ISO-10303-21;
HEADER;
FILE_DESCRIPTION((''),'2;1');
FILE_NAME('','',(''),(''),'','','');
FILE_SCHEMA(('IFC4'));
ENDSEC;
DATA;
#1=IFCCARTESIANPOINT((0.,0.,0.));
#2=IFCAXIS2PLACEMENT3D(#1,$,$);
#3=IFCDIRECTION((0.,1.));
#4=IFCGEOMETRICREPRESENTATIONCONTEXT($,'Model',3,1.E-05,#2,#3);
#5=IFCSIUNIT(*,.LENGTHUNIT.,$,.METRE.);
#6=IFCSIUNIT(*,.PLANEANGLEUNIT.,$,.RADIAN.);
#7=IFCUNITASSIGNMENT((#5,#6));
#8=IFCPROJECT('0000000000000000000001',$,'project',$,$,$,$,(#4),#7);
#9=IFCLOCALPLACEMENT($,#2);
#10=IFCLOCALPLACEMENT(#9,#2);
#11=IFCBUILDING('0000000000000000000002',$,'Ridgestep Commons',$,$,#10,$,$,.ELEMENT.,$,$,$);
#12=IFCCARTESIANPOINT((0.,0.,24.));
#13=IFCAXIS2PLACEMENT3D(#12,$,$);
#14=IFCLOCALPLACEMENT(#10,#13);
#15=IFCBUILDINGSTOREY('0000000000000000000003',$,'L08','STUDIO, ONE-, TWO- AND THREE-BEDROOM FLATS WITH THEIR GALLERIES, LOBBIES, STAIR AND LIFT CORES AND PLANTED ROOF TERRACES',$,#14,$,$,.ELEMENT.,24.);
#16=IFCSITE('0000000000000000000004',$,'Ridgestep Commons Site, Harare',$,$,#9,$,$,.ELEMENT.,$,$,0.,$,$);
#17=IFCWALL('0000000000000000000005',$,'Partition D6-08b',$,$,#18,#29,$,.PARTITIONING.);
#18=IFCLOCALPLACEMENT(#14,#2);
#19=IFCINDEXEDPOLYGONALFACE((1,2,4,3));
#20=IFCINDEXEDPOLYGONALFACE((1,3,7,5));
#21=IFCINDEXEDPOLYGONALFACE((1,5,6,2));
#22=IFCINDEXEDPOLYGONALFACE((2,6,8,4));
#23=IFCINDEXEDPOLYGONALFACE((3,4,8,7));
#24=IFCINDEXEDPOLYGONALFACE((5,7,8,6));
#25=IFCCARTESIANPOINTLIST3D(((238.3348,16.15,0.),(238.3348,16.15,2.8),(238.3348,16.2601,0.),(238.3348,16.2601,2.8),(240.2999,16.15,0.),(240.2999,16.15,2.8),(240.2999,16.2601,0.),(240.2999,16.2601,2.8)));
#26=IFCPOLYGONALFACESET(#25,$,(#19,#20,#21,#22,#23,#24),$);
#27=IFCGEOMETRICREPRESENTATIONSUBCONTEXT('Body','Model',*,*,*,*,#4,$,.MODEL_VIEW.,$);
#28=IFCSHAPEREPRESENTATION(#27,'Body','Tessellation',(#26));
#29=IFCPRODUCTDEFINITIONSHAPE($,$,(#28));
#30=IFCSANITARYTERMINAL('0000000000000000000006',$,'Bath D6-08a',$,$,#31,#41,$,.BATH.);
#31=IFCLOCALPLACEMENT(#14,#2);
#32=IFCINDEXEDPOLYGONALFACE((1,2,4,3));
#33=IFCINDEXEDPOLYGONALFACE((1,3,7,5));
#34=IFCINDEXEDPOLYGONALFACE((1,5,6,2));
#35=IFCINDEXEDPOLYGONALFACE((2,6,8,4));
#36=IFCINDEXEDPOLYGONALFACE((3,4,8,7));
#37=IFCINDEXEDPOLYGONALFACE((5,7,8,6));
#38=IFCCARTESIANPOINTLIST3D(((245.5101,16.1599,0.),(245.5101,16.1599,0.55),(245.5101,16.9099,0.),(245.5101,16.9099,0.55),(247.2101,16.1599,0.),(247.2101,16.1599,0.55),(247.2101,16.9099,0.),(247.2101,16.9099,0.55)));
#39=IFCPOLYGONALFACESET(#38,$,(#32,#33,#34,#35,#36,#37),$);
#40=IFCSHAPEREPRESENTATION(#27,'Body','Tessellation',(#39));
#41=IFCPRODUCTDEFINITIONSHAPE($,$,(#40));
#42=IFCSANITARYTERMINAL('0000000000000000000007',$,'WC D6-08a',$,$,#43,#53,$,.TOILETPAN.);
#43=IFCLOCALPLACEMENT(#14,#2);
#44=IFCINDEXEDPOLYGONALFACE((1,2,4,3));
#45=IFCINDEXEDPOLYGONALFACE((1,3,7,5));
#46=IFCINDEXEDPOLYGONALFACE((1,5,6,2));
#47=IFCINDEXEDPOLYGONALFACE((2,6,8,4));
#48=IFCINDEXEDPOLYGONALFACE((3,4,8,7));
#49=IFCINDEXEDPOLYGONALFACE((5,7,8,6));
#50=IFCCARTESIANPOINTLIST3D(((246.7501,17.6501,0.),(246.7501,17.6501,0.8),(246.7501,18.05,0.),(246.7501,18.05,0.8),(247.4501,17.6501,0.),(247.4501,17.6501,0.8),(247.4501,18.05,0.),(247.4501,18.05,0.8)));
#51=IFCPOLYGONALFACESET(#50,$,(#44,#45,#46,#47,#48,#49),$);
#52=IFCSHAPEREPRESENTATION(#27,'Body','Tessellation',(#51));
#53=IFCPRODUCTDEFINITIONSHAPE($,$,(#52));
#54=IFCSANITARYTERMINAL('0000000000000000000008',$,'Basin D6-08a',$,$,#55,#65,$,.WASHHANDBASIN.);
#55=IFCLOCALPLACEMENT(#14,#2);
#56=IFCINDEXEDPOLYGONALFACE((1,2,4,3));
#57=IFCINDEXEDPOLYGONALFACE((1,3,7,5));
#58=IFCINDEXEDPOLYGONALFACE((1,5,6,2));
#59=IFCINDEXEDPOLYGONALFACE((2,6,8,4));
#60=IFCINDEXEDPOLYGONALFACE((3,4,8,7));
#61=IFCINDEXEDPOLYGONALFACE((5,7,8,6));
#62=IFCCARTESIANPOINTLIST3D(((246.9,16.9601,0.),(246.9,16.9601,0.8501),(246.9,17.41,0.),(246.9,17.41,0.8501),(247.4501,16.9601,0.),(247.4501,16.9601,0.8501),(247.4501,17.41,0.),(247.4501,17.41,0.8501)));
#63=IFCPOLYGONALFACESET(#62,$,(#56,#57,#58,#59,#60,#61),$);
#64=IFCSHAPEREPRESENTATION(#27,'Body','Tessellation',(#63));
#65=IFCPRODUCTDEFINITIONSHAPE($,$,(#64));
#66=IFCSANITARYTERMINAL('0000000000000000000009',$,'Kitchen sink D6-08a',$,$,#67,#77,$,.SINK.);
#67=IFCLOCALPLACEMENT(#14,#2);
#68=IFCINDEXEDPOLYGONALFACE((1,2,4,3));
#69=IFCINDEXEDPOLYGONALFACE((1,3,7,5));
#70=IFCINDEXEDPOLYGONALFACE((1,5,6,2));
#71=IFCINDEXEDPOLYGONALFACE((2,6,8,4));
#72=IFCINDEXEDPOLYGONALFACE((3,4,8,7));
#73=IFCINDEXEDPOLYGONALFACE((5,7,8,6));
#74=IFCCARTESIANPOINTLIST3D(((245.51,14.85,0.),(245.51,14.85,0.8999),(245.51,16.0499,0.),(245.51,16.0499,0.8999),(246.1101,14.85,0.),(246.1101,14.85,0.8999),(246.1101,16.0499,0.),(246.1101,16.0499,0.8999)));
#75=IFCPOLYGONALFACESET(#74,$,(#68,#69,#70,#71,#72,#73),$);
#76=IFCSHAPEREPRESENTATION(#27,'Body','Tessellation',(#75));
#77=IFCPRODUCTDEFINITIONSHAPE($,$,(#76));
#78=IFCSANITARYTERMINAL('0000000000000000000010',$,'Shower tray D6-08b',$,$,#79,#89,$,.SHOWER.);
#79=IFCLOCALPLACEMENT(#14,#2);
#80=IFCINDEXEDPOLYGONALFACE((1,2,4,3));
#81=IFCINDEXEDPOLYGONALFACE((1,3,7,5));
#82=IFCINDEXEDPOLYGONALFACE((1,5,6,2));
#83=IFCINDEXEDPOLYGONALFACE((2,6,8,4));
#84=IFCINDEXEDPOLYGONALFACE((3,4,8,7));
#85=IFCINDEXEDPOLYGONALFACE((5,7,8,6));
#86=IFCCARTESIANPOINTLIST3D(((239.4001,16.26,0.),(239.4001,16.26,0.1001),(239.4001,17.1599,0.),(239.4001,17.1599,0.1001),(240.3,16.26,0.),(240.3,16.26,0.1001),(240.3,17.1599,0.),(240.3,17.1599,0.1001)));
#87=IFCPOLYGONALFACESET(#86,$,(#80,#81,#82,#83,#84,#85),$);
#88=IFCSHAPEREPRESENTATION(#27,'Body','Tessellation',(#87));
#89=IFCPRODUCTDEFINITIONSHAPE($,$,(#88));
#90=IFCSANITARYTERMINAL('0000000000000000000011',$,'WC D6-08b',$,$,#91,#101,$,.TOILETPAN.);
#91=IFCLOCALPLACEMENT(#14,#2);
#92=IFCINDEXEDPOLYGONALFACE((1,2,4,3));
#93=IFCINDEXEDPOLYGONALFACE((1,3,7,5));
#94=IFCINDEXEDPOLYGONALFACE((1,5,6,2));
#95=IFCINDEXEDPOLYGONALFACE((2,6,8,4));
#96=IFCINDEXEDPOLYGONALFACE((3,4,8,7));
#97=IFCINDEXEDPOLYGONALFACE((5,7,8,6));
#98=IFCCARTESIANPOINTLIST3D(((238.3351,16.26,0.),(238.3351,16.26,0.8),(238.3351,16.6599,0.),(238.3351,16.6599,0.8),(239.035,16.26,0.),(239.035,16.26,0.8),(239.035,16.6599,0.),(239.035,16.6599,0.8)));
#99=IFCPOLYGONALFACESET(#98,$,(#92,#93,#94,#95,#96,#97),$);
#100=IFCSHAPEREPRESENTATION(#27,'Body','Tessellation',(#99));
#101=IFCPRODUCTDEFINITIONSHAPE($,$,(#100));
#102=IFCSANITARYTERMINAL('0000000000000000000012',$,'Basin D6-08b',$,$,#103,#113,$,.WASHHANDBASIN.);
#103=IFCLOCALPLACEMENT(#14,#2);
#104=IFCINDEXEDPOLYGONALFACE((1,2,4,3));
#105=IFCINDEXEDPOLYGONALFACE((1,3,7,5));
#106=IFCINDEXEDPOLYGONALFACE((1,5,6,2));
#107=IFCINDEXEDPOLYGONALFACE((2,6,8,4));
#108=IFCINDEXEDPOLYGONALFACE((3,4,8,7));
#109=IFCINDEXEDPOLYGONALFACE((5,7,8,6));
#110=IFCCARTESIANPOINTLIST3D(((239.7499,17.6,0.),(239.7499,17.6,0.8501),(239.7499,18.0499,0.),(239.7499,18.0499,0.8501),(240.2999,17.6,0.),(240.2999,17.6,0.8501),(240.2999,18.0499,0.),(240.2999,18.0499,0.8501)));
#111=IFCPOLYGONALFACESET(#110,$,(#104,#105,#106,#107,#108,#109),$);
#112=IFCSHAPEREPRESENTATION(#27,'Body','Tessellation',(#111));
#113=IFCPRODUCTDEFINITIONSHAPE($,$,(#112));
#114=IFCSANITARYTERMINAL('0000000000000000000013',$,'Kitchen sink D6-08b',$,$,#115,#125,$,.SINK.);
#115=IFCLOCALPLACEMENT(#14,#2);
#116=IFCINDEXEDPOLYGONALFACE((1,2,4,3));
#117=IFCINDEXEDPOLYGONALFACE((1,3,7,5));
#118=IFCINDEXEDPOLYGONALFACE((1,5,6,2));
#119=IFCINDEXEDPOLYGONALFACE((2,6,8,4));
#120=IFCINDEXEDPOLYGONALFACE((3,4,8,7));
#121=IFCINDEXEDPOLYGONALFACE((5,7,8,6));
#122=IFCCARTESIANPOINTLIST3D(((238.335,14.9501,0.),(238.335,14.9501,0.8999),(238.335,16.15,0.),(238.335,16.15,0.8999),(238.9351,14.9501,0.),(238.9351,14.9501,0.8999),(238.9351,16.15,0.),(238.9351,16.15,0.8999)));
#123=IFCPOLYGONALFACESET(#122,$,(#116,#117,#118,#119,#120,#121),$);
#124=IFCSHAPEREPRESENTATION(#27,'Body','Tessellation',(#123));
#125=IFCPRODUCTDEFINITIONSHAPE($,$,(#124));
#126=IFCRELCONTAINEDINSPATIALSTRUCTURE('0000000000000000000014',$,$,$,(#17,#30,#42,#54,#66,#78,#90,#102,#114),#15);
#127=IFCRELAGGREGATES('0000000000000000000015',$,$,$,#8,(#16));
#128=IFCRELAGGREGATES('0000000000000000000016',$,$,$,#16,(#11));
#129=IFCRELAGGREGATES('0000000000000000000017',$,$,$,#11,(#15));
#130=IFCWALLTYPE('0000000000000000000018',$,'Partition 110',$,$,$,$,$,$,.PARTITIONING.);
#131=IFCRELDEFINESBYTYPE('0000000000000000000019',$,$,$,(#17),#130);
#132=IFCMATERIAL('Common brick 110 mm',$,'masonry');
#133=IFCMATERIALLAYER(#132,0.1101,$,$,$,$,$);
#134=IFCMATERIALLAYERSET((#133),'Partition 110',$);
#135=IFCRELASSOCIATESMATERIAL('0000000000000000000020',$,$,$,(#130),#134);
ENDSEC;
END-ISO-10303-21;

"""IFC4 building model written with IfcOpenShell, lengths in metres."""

from ifc_helpers import new_model, si_unit, direction, frame, frame_2d, origin, origin_2d, place, context, subcontext, project, spatial, rectangle, extrude, material, layer, layer_set, type_object, element, save


model = new_model("IFC4")

# Units and contexts
model_context = context("Model", 3, precision=1e-05, world=origin(), true_north=direction((0.0, 1.0)))
body_context = subcontext(model_context, "Body", "Model", "MODEL_VIEW")
ifc_project = project(units=[si_unit("LENGTHUNIT", "METRE"), si_unit("PLANEANGLEUNIT", "RADIAN")], contexts=[model_context])

# Site, building, storey
site_placement = place(None, origin())
site = spatial("IfcSite", under=ifc_project, at=site_placement, Name="Ridgestep Commons Site, Harare", CompositionType="ELEMENT", RefElevation=0.0)
building_placement = place(site_placement, origin())
building = spatial("IfcBuilding", under=site, at=building_placement, Name="Ridgestep Commons", CompositionType="ELEMENT")
storey_placement = place(building_placement, frame((0.0, 0.0, 24.0)))
storey = spatial("IfcBuildingStorey", under=building, at=storey_placement, Name="L08", Description="STUDIO, ONE-, TWO- AND THREE-BEDROOM FLATS WITH THEIR GALLERIES, LOBBIES, STAIR AND LIFT CORES AND PLANTED ROOF TERRACES", CompositionType="ELEMENT", Elevation=24.0)

# Shared definitions
ifc_material_1 = material(Name="Common brick 110 mm", Category="masonry")
ifc_layer_1 = layer(ifc_material_1, 0.1101)
ifc_layer_set_1 = layer_set([ifc_layer_1], Name="Partition 110")
wall_type_1 = type_object("IfcWallType", Name="Partition 110", PredefinedType="PARTITIONING", material=ifc_layer_set_1)

# Wall
wall_1_placement = place(storey_placement, frame((238.335, 16.2051, 0.0), z_axis=(0.0, 0.0, 1.0), x_axis=(1.0, 0.0, 0.0)))
element("IfcWall", 1, at=wall_1_placement, inside=storey, type_object=wall_type_1, Name="Partition D6-08b", PredefinedType="PARTITIONING", context=body_context, shape_type="SweptSolid", body=[
    extrude(rectangle(XDim=1.9651, YDim=0.1101, at=frame_2d((0.9824, 0.0))), origin(), (0.0, 0.0, 1.0), 2.8),
])

# Sanitary terminals
sanitary_terminal_1_placement = place(storey_placement, frame((246.3601, 16.5349, 0.0), z_axis=(0.0, 0.0, 1.0), x_axis=(1.0, 0.0, 0.0)))
element("IfcSanitaryTerminal", 2, at=sanitary_terminal_1_placement, inside=storey, Name="Bath D6-08a", PredefinedType="BATH", context=body_context, shape_type="SweptSolid", body=[
    extrude(rectangle(XDim=1.7, YDim=0.75, at=origin_2d()), origin(), (0.0, 0.0, 1.0), 0.55),
])
sanitary_terminal_2_placement = place(storey_placement, frame((247.1001, 17.8501, 0.0), z_axis=(0.0, 0.0, 1.0), x_axis=(1.0, 0.0, 0.0)))
element("IfcSanitaryTerminal", 3, at=sanitary_terminal_2_placement, inside=storey, Name="WC D6-08a", PredefinedType="TOILETPAN", context=body_context, shape_type="SweptSolid", body=[
    extrude(rectangle(XDim=0.7, YDim=0.3999, at=origin_2d()), origin(), (0.0, 0.0, 1.0), 0.8),
])
sanitary_terminal_3_placement = place(storey_placement, frame((247.175, 17.1851, 0.0), z_axis=(0.0, 0.0, 1.0), x_axis=(1.0, 0.0, 0.0)))
element("IfcSanitaryTerminal", 4, at=sanitary_terminal_3_placement, inside=storey, Name="Basin D6-08a", PredefinedType="WASHHANDBASIN", context=body_context, shape_type="SweptSolid", body=[
    extrude(rectangle(XDim=0.55, YDim=0.45, at=origin_2d()), origin(), (0.0, 0.0, 1.0), 0.8501),
])
sanitary_terminal_4_placement = place(storey_placement, frame((245.8101, 15.45, 0.0), z_axis=(0.0, 0.0, 1.0), x_axis=(1.0, 0.0, 0.0)))
element("IfcSanitaryTerminal", 5, at=sanitary_terminal_4_placement, inside=storey, Name="Kitchen sink D6-08a", PredefinedType="SINK", context=body_context, shape_type="SweptSolid", body=[
    extrude(rectangle(XDim=0.6001, YDim=1.2, at=origin_2d()), origin(), (0.0, 0.0, 1.0), 0.8999),
])
sanitary_terminal_5_placement = place(storey_placement, frame((239.8501, 16.71, 0.0), z_axis=(0.0, 0.0, 1.0), x_axis=(1.0, 0.0, 0.0)))
element("IfcSanitaryTerminal", 6, at=sanitary_terminal_5_placement, inside=storey, Name="Shower tray D6-08b", PredefinedType="SHOWER", context=body_context, shape_type="SweptSolid", body=[
    extrude(rectangle(XDim=0.8999, YDim=0.8999, at=origin_2d()), origin(), (0.0, 0.0, 1.0), 0.1001),
])
sanitary_terminal_6_placement = place(storey_placement, frame((238.6851, 16.46, 0.0), z_axis=(0.0, 0.0, 1.0), x_axis=(1.0, 0.0, 0.0)))
element("IfcSanitaryTerminal", 7, at=sanitary_terminal_6_placement, inside=storey, Name="WC D6-08b", PredefinedType="TOILETPAN", context=body_context, shape_type="SweptSolid", body=[
    extrude(rectangle(XDim=0.7, YDim=0.3999, at=origin_2d()), origin(), (0.0, 0.0, 1.0), 0.8),
])
sanitary_terminal_7_placement = place(storey_placement, frame((240.0249, 17.825, 0.0), z_axis=(0.0, 0.0, 1.0), x_axis=(1.0, 0.0, 0.0)))
element("IfcSanitaryTerminal", 8, at=sanitary_terminal_7_placement, inside=storey, Name="Basin D6-08b", PredefinedType="WASHHANDBASIN", context=body_context, shape_type="SweptSolid", body=[
    extrude(rectangle(XDim=0.55, YDim=0.45, at=origin_2d()), origin(), (0.0, 0.0, 1.0), 0.8501),
])
sanitary_terminal_8_placement = place(storey_placement, frame((238.635, 15.55, 0.0), z_axis=(0.0, 0.0, 1.0), x_axis=(1.0, 0.0, 0.0)))
element("IfcSanitaryTerminal", 9, at=sanitary_terminal_8_placement, inside=storey, Name="Kitchen sink D6-08b", PredefinedType="SINK", context=body_context, shape_type="SweptSolid", body=[
    extrude(rectangle(XDim=0.6001, YDim=1.2, at=origin_2d()), origin(), (0.0, 0.0, 1.0), 0.8999),
])

save(model, "model.ifc")
